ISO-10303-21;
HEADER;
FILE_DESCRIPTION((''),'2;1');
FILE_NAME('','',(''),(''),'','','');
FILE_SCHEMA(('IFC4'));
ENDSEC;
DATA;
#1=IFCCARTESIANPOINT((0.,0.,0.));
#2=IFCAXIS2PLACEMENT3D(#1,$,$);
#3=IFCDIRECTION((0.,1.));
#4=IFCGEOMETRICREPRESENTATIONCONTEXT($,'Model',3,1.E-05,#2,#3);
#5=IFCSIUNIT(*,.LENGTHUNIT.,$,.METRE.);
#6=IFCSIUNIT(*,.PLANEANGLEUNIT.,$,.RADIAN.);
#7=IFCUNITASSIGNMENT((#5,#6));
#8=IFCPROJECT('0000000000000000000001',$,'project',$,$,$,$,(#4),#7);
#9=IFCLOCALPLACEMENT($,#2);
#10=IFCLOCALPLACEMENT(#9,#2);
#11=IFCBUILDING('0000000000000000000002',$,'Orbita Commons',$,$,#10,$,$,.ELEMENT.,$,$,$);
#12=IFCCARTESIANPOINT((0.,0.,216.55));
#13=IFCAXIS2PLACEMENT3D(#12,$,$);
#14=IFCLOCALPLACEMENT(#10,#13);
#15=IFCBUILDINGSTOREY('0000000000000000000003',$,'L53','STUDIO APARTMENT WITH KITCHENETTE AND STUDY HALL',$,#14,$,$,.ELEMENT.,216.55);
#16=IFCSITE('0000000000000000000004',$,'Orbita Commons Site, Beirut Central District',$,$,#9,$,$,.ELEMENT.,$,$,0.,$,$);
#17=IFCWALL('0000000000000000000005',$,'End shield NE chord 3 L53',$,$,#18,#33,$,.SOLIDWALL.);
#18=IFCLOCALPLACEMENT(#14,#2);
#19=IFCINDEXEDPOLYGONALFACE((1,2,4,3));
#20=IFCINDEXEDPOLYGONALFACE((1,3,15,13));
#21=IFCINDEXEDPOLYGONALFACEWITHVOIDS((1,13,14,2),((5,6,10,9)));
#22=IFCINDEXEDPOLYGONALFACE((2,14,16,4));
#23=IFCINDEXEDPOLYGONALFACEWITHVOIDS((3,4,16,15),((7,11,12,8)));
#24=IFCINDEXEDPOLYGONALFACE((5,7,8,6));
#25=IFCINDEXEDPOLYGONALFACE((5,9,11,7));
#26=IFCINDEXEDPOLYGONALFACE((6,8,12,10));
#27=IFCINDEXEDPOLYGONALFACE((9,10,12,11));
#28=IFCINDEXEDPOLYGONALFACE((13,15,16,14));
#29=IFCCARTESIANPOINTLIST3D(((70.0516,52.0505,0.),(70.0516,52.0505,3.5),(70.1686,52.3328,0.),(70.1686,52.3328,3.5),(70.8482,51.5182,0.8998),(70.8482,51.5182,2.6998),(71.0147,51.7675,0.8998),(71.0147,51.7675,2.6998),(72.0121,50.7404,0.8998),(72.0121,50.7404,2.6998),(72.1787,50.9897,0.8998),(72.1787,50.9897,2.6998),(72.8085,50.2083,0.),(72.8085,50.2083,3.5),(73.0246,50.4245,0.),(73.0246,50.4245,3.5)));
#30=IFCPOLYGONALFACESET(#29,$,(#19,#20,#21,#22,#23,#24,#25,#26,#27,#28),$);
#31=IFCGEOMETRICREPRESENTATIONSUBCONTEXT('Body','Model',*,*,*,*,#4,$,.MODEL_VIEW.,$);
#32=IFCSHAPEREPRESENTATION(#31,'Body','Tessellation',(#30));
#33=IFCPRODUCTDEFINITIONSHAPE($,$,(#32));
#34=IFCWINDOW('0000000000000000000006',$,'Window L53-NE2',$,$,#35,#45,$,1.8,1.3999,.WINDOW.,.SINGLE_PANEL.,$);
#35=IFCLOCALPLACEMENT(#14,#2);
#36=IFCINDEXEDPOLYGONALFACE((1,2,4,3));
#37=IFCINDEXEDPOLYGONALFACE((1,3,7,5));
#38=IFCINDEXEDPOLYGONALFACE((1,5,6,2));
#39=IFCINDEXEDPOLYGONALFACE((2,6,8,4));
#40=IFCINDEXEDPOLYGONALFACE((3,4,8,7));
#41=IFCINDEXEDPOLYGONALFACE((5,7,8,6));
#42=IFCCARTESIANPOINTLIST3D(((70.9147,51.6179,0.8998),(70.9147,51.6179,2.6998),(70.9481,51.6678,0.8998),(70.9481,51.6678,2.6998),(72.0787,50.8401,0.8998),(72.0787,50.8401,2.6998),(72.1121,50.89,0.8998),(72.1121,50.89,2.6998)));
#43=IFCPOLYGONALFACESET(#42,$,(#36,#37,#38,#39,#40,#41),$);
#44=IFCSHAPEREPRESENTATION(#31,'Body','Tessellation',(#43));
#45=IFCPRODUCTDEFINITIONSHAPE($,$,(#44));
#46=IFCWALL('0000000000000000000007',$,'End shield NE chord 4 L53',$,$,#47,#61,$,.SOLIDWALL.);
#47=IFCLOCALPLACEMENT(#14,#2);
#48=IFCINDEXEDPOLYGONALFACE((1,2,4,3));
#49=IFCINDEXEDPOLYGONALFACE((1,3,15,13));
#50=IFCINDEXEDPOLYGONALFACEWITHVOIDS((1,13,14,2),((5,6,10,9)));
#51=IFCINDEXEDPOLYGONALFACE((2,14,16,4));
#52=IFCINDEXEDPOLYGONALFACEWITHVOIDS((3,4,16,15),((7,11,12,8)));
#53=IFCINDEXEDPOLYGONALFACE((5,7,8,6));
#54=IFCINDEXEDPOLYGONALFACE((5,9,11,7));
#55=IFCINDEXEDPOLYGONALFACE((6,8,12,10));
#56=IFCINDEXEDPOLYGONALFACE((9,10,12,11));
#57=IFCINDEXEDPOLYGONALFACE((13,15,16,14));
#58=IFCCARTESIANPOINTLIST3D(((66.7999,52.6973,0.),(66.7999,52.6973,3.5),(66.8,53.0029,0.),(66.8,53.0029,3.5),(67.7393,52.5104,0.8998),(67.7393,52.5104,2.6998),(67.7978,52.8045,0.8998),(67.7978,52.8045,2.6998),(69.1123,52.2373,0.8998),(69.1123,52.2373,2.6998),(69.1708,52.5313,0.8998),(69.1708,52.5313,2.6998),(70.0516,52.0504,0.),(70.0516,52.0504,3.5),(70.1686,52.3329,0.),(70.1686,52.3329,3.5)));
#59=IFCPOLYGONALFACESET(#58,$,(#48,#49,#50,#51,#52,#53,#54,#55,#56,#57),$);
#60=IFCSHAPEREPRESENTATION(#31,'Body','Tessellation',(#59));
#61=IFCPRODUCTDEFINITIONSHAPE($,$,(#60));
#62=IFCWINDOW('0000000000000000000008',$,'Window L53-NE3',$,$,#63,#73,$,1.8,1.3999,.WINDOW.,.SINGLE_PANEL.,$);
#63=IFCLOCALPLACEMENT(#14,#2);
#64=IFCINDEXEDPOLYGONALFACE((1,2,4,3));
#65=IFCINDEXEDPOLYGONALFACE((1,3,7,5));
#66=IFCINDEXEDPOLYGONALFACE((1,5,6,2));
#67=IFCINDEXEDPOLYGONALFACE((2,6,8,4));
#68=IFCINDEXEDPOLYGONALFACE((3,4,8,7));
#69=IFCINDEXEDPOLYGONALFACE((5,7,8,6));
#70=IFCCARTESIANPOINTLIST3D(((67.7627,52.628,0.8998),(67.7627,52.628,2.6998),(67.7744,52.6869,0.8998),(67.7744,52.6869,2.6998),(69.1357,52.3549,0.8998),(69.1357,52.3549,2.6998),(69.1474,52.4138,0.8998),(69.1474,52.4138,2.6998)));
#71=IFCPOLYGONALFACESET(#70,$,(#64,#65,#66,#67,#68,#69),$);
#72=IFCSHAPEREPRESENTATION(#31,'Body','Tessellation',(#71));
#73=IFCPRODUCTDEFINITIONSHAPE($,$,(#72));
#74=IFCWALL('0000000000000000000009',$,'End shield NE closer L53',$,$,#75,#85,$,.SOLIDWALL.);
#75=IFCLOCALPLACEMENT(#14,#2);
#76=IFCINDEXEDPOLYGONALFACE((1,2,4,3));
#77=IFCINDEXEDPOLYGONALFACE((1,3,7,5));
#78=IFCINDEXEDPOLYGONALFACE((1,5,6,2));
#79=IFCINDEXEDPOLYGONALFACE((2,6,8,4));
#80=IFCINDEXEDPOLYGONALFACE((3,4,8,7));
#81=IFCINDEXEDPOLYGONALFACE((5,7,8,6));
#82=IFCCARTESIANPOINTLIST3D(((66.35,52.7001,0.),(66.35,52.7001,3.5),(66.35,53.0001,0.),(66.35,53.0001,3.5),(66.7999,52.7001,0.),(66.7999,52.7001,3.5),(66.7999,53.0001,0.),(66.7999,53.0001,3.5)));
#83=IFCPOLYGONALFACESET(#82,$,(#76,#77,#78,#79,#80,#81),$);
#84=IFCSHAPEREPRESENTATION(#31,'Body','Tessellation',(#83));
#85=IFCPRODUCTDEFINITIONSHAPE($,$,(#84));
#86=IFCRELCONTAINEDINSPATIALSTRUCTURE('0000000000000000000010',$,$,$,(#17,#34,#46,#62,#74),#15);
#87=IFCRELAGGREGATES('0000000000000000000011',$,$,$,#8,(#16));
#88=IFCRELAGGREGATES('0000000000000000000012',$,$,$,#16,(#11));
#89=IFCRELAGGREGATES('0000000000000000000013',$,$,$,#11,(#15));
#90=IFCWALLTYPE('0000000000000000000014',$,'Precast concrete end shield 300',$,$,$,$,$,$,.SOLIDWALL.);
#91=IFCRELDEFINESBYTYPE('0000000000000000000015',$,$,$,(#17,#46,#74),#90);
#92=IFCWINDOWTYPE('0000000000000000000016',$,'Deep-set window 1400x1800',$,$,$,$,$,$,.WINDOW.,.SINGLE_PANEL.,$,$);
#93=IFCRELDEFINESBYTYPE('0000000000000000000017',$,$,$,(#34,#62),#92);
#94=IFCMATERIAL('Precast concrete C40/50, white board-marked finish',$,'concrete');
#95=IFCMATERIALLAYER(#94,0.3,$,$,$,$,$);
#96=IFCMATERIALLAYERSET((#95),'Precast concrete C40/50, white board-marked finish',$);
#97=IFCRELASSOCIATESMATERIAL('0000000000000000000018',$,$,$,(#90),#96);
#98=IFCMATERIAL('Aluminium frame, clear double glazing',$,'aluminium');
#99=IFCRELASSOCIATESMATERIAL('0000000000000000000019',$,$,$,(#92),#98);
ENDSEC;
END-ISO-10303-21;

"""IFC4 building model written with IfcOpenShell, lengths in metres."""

from ifc_helpers import new_model, si_unit, direction, frame, frame_2d, origin, place, context, subcontext, project, spatial, polyline, rectangle, outline, extrude, material, layer, layer_set, type_object, element, fill, save


model = new_model("IFC4")

# Units and contexts
model_context = context("Model", 3, precision=1e-05, world=origin(), true_north=direction((0.0, 1.0)))
body_context = subcontext(model_context, "Body", "Model", "MODEL_VIEW")
ifc_project = project(units=[si_unit("LENGTHUNIT", "METRE"), si_unit("PLANEANGLEUNIT", "RADIAN")], contexts=[model_context])

# Site, building, storey
site_placement = place(None, origin())
site = spatial("IfcSite", under=ifc_project, at=site_placement, Name="Orbita Commons Site, Beirut Central District", CompositionType="ELEMENT", RefElevation=0.0)
building_placement = place(site_placement, origin())
building = spatial("IfcBuilding", under=site, at=building_placement, Name="Orbita Commons", CompositionType="ELEMENT")
storey_placement = place(building_placement, frame((0.0, 0.0, 216.55)))
storey = spatial("IfcBuildingStorey", under=building, at=storey_placement, Name="L53", Description="STUDIO APARTMENT WITH KITCHENETTE AND STUDY HALL", CompositionType="ELEMENT", Elevation=216.55)

# Walls, openings, windows
ifc_material_1 = material(Name="Precast concrete C40/50, white board-marked finish", Category="concrete")
ifc_layer_1 = layer(ifc_material_1, 0.3)
ifc_layer_set_1 = layer_set([ifc_layer_1], Name="Precast concrete C40/50, white board-marked finish")
wall_type_1 = type_object("IfcWallType", Name="Precast concrete end shield 300", PredefinedType="SOLIDWALL", material=ifc_layer_set_1)
wall_1_placement = place(storey_placement, frame((72.9165, 50.3164, 0.0), z_axis=(0.0, 0.0, 1.0), x_axis=(-0.83146, 0.555585, 0.0)))
wall_1 = element("IfcWall", 1, at=wall_1_placement, inside=storey, type_object=wall_type_1, Name="End shield NE chord 3 L53", PredefinedType="SOLIDWALL", context=body_context, shape_type="SweptSolid", body=[
    extrude(outline(polyline([(-0.0298, -0.1499), (3.405, -0.1499), (3.3455, 0.1499), (0.0298, 0.1499), (-0.0298, -0.1499)])), origin(), (0.0, 0.0, 1.0), 3.5),
])
opening_1_placement = place(wall_1_placement, frame((0.9875, 0.0, 0.8999)))
opening_1 = element("IfcOpeningElement", 2, at=opening_1_placement, cuts=wall_1, PredefinedType="OPENING", context=body_context, shape_type="SweptSolid", body=[
    extrude(rectangle(XDim=1.3999, YDim=1.8, at=frame_2d((0.7, 0.8999))), frame((0.0, 0.1599, 0.0), z_axis=(0.0, -1.0, 0.0), x_axis=(1.0, 0.0, 0.0)), (0.0, 0.0, 1.0), 0.3201),
])
ifc_material_2 = material(Name="Aluminium frame, clear double glazing", Category="aluminium")
window_type = type_object("IfcWindowType", Name="Deep-set window 1400x1800", PartitioningType="SINGLE_PANEL", PredefinedType="WINDOW", material=ifc_material_2)
window_1_placement = place(opening_1_placement, origin())
window_1 = element("IfcWindow", 3, at=window_1_placement, inside=storey, type_object=window_type, Name="Window L53-NE2", OverallHeight=1.8, OverallWidth=1.3999, PartitioningType="SINGLE_PANEL", PredefinedType="WINDOW", context=body_context, shape_type="SweptSolid", body=[
    extrude(rectangle(XDim=1.3999, YDim=1.8, at=frame_2d((0.7, 0.8999))), frame((0.0, 0.03, 0.0), z_axis=(0.0, -1.0, 0.0), x_axis=(1.0, 0.0, 0.0)), (0.0, 0.0, 1.0), 0.0601),
])
fill(opening_1, window_1)
wall_2_placement = place(storey_placement, frame((70.1101, 52.1917, 0.0), z_axis=(0.0, 0.0, 1.0), x_axis=(-0.980783, 0.1951, 0.0)))
wall_2 = element("IfcWall", 4, at=wall_2_placement, inside=storey, type_object=wall_type_1, Name="End shield NE chord 4 L53", PredefinedType="SOLIDWALL", context=body_context, shape_type="SweptSolid", body=[
    extrude(outline(polyline([(-0.0298, -0.1499), (3.4048, -0.1499), (3.3452, 0.1499), (0.0298, 0.1499), (-0.0298, -0.1499)])), origin(), (0.0, 0.0, 1.0), 3.5),
])
opening_2_placement = place(wall_2_placement, frame((0.9875, 0.0, 0.8999)))
opening_2 = element("IfcOpeningElement", 5, at=opening_2_placement, cuts=wall_2, PredefinedType="OPENING", context=body_context, shape_type="SweptSolid", body=[
    extrude(rectangle(XDim=1.3999, YDim=1.8, at=frame_2d((0.7, 0.8999))), frame((0.0, 0.1599, 0.0), z_axis=(0.0, -1.0, 0.0), x_axis=(1.0, 0.0, 0.0)), (0.0, 0.0, 1.0), 0.3201),
])
window_2_placement = place(opening_2_placement, origin())
window_2 = element("IfcWindow", 6, at=window_2_placement, inside=storey, type_object=window_type, Name="Window L53-NE3", OverallHeight=1.8, OverallWidth=1.3999, PartitioningType="SINGLE_PANEL", PredefinedType="WINDOW", context=body_context, shape_type="SweptSolid", body=[
    extrude(rectangle(XDim=1.3999, YDim=1.8, at=frame_2d((0.7, 0.8999))), frame((0.0, 0.03, 0.0), z_axis=(0.0, -1.0, 0.0), x_axis=(1.0, 0.0, 0.0)), (0.0, 0.0, 1.0), 0.0601),
])
fill(opening_2, window_2)

# Wall
wall_3_placement = place(storey_placement, frame((66.8, 52.8501, 0.0), z_axis=(0.0, 0.0, 1.0), x_axis=(-1.0, 0.0, 0.0)))
element("IfcWall", 7, at=wall_3_placement, inside=storey, type_object=wall_type_1, Name="End shield NE closer L53", PredefinedType="SOLIDWALL", context=body_context, shape_type="SweptSolid", body=[
    extrude(rectangle(XDim=0.45, YDim=0.3, at=frame_2d((0.2251, 0.0))), origin(), (0.0, 0.0, 1.0), 3.5),
])

save(model, "model.ifc")
